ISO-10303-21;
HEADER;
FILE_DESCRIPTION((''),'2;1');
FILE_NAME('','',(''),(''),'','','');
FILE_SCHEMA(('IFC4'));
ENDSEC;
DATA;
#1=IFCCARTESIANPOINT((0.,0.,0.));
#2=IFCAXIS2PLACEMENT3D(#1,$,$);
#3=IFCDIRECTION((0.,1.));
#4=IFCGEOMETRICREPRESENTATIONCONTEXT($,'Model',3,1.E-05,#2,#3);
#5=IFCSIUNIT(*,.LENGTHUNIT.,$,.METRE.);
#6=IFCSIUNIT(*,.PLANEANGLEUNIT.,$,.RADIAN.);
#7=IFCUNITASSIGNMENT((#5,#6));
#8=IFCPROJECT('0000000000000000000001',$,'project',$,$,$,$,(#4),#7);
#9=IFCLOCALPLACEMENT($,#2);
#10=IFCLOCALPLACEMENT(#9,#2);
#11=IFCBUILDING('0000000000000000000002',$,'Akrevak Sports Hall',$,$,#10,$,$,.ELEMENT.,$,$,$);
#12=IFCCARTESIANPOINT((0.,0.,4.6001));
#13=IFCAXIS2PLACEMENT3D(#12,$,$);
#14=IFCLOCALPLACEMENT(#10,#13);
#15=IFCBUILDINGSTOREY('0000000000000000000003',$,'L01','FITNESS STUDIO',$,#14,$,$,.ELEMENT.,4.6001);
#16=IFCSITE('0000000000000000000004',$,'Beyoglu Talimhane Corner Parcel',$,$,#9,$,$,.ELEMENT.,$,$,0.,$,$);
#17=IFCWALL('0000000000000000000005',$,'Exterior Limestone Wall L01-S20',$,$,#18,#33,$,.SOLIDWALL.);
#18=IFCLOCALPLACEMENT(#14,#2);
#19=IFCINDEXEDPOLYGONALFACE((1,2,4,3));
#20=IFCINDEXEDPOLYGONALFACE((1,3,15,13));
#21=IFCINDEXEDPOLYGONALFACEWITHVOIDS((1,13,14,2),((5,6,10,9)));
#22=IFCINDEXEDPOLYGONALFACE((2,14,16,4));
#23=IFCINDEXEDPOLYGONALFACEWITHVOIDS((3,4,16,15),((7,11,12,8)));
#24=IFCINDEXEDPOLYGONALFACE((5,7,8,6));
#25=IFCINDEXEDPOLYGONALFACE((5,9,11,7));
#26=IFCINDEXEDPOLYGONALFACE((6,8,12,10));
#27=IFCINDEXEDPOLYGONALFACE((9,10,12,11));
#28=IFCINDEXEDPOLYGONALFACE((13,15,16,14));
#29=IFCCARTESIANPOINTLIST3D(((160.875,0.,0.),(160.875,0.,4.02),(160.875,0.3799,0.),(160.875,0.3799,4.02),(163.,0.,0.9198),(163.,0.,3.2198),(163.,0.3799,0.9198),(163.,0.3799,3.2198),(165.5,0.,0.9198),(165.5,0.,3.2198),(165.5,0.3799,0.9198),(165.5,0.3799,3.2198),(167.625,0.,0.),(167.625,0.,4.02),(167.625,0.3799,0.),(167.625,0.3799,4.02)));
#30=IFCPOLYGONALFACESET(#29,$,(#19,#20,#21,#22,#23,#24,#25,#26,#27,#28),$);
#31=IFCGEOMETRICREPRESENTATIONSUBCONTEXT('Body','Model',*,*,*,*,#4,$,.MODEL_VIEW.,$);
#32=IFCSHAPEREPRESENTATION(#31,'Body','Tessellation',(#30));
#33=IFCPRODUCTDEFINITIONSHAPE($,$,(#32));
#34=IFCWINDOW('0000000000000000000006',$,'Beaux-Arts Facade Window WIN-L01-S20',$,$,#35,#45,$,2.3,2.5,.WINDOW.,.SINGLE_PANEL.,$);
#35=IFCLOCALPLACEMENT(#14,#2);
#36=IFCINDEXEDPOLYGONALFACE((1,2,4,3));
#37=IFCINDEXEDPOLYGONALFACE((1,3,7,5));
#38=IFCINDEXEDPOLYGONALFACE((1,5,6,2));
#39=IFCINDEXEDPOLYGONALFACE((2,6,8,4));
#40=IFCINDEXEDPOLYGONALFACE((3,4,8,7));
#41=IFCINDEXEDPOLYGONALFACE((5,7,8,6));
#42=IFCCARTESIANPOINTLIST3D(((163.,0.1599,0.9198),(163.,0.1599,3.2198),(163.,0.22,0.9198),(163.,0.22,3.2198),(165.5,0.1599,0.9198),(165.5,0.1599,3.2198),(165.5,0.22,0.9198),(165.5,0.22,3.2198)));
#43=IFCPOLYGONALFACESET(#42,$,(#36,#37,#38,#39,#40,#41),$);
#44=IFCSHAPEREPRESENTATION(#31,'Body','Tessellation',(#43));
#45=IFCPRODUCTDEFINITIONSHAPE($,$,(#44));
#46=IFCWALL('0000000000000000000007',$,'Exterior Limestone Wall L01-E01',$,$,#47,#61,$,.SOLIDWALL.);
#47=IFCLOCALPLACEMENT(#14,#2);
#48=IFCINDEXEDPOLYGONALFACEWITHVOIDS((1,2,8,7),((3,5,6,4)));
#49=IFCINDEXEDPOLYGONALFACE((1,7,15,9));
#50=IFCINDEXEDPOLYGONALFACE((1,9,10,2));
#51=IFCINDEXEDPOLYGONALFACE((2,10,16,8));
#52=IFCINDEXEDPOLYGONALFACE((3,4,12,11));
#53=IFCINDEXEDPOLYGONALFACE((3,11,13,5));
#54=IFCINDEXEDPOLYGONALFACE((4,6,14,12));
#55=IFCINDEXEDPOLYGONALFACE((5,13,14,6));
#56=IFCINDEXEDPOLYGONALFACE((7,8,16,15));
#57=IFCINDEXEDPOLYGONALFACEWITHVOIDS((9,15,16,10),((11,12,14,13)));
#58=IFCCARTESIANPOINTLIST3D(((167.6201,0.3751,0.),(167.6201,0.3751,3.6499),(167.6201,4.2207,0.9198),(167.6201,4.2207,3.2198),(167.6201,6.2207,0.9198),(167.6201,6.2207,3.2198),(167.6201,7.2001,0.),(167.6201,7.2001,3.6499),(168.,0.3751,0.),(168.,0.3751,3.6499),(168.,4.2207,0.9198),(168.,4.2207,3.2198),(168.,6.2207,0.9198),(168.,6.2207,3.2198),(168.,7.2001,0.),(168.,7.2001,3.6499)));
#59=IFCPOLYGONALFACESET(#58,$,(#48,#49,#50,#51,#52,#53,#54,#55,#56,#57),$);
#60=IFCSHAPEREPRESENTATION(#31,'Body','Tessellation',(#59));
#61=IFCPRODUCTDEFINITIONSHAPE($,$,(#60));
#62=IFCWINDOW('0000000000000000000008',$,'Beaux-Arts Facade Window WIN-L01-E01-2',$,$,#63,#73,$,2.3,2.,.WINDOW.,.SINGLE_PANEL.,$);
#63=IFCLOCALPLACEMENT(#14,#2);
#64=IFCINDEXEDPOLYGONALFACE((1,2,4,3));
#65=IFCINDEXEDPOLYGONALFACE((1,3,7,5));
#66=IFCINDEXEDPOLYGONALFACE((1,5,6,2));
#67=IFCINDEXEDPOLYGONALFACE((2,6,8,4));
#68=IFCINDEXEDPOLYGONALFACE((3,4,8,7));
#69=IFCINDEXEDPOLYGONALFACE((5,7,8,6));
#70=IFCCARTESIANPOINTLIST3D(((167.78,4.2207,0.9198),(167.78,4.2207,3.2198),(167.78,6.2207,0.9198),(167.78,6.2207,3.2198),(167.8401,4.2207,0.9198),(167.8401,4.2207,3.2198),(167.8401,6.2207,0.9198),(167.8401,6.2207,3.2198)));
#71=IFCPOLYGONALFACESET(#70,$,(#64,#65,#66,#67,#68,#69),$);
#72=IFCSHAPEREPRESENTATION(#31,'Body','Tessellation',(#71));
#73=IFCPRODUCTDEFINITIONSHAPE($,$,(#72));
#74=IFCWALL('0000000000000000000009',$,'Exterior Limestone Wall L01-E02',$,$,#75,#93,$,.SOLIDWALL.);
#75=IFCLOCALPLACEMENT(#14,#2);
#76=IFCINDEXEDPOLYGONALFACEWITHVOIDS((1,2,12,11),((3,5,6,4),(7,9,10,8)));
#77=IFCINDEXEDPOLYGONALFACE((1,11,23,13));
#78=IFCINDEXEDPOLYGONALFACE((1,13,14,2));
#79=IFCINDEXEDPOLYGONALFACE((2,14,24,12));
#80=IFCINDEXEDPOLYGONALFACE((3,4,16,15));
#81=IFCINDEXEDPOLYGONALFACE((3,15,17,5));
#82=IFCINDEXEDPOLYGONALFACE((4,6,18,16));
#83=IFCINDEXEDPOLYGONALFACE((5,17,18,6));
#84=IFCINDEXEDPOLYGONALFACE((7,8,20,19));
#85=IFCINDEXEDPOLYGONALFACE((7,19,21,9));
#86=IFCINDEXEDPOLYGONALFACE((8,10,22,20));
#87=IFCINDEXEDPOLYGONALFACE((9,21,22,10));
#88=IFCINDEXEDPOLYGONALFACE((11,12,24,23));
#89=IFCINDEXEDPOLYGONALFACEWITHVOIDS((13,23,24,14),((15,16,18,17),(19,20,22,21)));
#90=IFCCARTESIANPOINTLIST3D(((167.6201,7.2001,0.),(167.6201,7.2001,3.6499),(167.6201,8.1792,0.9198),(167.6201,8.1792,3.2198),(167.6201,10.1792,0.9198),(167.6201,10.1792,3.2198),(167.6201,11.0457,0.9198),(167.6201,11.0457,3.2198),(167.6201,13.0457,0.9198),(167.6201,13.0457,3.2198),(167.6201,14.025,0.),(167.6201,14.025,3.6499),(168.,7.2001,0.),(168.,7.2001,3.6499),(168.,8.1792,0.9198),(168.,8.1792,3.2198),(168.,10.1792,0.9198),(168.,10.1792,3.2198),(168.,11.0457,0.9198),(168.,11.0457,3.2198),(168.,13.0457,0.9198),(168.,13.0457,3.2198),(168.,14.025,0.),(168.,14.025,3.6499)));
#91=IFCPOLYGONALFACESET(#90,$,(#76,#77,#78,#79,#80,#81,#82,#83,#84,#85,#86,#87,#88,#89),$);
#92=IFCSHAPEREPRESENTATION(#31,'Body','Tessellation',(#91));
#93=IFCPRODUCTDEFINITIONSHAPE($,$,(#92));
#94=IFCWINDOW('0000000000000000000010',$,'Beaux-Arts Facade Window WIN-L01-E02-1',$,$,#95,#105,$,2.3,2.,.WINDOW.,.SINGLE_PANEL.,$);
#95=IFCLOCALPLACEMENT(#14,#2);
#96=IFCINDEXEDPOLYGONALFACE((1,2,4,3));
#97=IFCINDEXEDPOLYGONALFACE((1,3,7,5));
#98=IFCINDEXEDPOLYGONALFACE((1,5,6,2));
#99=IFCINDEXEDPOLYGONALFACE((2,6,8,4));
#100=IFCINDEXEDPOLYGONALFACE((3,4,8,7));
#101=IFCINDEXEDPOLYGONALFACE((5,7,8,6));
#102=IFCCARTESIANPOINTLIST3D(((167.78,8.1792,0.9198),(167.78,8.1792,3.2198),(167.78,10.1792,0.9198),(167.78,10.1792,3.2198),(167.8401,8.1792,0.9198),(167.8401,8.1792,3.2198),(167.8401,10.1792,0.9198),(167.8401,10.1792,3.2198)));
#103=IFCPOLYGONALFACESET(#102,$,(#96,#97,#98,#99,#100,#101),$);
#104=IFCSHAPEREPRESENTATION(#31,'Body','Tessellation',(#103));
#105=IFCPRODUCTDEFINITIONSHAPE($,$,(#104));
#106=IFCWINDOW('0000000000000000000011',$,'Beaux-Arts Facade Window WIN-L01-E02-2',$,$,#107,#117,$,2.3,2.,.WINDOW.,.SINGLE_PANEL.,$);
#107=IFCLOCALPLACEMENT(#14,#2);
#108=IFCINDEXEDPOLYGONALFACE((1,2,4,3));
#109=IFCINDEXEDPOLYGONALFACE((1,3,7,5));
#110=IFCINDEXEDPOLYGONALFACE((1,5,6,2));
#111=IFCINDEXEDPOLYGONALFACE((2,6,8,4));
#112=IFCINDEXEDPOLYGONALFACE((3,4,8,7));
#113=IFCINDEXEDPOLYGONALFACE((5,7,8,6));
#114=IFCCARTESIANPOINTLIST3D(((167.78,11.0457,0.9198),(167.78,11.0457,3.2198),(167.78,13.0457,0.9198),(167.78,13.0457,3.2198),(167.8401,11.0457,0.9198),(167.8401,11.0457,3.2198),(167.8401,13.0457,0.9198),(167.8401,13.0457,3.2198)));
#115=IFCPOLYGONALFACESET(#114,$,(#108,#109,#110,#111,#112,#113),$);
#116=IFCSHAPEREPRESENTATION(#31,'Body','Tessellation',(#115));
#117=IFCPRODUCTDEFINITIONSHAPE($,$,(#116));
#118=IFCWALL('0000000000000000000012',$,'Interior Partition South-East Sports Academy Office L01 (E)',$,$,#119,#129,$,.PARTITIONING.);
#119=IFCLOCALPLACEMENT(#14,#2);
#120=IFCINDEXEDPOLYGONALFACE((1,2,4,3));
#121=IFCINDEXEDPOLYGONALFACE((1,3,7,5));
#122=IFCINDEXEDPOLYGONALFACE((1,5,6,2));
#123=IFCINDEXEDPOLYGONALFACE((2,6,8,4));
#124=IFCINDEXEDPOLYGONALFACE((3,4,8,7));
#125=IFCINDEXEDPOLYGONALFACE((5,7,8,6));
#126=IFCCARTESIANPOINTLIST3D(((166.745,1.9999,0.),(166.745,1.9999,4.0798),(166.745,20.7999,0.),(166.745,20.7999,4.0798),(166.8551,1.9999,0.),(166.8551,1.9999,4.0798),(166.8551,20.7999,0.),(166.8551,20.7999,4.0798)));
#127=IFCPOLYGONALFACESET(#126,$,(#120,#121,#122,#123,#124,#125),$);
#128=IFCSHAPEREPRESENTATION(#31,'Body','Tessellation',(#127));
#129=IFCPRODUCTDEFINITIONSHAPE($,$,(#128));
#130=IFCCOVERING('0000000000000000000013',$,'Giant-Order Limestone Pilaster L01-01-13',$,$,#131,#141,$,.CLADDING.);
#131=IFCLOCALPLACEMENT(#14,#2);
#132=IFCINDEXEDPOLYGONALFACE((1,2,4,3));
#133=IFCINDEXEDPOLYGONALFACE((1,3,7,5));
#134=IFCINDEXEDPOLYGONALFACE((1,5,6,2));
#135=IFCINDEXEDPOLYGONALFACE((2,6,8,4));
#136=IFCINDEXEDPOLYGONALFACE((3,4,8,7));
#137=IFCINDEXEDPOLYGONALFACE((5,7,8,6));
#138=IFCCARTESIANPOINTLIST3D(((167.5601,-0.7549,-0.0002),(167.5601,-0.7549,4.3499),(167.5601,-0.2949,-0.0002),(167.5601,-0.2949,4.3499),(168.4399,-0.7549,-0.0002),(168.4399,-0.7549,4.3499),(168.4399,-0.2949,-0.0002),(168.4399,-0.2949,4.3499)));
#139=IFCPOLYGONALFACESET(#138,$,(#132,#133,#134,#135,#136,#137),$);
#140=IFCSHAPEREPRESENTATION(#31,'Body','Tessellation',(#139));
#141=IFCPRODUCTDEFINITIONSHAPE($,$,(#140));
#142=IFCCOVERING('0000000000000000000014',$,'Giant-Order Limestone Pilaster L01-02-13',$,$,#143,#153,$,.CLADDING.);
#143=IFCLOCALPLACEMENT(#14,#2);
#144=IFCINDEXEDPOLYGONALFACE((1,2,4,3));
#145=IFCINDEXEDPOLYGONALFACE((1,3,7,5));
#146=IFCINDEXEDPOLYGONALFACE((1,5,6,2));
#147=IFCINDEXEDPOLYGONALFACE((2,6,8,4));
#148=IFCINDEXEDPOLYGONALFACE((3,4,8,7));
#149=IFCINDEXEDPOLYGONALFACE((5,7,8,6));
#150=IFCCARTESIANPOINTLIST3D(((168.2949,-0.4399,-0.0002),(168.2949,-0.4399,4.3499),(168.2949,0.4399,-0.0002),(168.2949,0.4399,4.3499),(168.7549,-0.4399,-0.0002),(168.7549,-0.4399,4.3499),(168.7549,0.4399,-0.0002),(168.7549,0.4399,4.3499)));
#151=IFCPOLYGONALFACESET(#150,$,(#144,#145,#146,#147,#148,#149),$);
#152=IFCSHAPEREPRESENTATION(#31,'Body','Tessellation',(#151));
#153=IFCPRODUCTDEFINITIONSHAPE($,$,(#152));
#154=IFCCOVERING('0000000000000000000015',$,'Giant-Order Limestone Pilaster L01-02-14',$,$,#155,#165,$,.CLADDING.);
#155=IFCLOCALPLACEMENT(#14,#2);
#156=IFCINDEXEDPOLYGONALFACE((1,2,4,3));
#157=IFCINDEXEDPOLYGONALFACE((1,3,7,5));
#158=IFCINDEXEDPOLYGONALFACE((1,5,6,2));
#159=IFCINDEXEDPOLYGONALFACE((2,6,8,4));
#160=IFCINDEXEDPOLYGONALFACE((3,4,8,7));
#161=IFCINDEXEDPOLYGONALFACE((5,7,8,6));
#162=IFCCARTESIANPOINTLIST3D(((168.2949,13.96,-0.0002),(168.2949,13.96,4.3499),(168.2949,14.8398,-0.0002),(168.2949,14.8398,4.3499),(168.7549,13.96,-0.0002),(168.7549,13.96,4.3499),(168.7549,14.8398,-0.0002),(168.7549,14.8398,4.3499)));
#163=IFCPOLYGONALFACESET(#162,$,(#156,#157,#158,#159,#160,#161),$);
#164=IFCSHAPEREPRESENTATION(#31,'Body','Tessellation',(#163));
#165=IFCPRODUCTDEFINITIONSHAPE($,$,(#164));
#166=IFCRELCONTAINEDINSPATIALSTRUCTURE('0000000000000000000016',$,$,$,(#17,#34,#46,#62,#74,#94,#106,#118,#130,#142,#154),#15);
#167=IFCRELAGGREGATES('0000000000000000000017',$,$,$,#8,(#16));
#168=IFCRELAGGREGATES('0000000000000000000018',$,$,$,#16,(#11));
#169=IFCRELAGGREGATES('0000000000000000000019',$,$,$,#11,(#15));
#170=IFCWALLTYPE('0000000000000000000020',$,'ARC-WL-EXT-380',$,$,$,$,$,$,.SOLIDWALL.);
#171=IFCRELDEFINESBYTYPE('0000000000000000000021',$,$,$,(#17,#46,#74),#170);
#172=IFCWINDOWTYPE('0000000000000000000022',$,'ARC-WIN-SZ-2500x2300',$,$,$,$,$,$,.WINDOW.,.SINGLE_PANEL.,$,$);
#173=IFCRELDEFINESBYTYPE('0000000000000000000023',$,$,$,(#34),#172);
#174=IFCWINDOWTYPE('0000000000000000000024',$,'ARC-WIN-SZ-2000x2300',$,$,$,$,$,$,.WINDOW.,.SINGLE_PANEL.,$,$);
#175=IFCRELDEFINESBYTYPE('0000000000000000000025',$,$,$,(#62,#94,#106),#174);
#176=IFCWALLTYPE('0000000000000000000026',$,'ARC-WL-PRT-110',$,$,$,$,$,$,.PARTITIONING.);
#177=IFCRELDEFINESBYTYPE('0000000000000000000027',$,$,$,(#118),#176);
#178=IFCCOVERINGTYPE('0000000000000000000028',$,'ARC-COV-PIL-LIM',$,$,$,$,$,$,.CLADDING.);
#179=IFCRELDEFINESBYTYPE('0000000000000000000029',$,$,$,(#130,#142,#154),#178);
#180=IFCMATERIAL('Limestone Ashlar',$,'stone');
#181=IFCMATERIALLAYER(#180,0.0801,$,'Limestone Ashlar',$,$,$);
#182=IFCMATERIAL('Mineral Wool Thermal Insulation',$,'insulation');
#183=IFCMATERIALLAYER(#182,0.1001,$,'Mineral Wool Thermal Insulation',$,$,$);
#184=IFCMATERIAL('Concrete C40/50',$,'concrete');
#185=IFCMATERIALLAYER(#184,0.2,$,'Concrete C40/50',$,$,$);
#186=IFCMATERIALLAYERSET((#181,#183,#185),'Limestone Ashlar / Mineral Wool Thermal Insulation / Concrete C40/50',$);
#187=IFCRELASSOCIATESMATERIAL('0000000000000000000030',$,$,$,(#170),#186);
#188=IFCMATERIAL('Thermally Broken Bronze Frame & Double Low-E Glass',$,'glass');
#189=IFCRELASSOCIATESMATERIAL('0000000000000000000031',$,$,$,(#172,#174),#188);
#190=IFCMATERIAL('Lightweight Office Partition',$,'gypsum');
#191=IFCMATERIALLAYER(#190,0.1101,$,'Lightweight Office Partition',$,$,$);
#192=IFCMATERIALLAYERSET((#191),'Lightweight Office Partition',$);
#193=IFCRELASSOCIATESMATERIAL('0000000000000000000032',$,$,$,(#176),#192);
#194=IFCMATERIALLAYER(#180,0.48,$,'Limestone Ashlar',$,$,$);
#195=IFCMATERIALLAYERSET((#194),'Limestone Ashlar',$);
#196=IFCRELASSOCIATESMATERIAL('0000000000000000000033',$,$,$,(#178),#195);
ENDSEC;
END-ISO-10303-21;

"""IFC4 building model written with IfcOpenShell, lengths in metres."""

from ifc_helpers import new_model, si_unit, direction, frame, frame_2d, origin, origin_2d, place, context, subcontext, project, spatial, rectangle, extrude, material, layer, layer_set, type_object, element, fill, save


model = new_model("IFC4")

# Units and contexts
model_context = context("Model", 3, precision=1e-05, world=origin(), true_north=direction((0.0, 1.0)))
body_context = subcontext(model_context, "Body", "Model", "MODEL_VIEW")
ifc_project = project(units=[si_unit("LENGTHUNIT", "METRE"), si_unit("PLANEANGLEUNIT", "RADIAN")], contexts=[model_context])

# Site, building, storey
site_placement = place(None, origin())
site = spatial("IfcSite", under=ifc_project, at=site_placement, Name="Beyoglu Talimhane Corner Parcel", CompositionType="ELEMENT", RefElevation=0.0)
building_placement = place(site_placement, origin())
building = spatial("IfcBuilding", under=site, at=building_placement, Name="Akrevak Sports Hall", CompositionType="ELEMENT")
storey_placement = place(building_placement, frame((0.0, 0.0, 4.6001)))
storey = spatial("IfcBuildingStorey", under=building, at=storey_placement, Name="L01", Description="FITNESS STUDIO", CompositionType="ELEMENT", Elevation=4.6001)

# Shared definitions
ifc_material_1 = material(Name="Concrete C40/50", Category="concrete")

# Walls, openings, windows
ifc_material_2 = material(Name="Limestone Ashlar", Category="stone")
ifc_layer_1 = layer(ifc_material_2, 0.0801, Name="Limestone Ashlar")
ifc_material_3 = material(Name="Mineral Wool Thermal Insulation", Category="insulation")
ifc_layer_2 = layer(ifc_material_3, 0.1001, Name="Mineral Wool Thermal Insulation")
ifc_layer_3 = layer(ifc_material_1, 0.2, Name="Concrete C40/50")
ifc_layer_set_1 = layer_set([ifc_layer_1, ifc_layer_2, ifc_layer_3], Name="Limestone Ashlar / Mineral Wool Thermal Insulation / Concrete C40/50")
wall_type_1 = type_object("IfcWallType", Name="ARC-WL-EXT-380", PredefinedType="SOLIDWALL", material=ifc_layer_set_1)
wall_1_placement = place(storey_placement, frame((160.875, 0.1899, 0.0), z_axis=(0.0, 0.0, 1.0), x_axis=(1.0, 0.0, 0.0)))
wall_1 = element("IfcWall", 1, at=wall_1_placement, inside=storey, type_object=wall_type_1, Name="Exterior Limestone Wall L01-S20", PredefinedType="SOLIDWALL", context=body_context, shape_type="SweptSolid", body=[
    extrude(rectangle(XDim=6.75, YDim=0.3799, at=frame_2d((3.375, 0.0))), origin(), (0.0, 0.0, 1.0), 4.02),
])
opening_1_placement = place(wall_1_placement, frame((2.125, 0.0, 0.9199)))
opening_1 = element("IfcOpeningElement", 2, at=opening_1_placement, cuts=wall_1, PredefinedType="OPENING", context=body_context, shape_type="SweptSolid", body=[
    extrude(rectangle(XDim=2.5, YDim=2.3, at=frame_2d((1.25, 1.1499))), frame((0.0, 0.2019, 0.0), z_axis=(0.0, -1.0, 0.0), x_axis=(1.0, 0.0, 0.0)), (0.0, 0.0, 1.0), 0.4038),
])
ifc_material_4 = material(Name="Thermally Broken Bronze Frame & Double Low-E Glass", Category="glass")
window_type_1 = type_object("IfcWindowType", Name="ARC-WIN-SZ-2500x2300", PartitioningType="SINGLE_PANEL", PredefinedType="WINDOW", material=ifc_material_4)
window_1_placement = place(opening_1_placement, origin())
window_1 = element("IfcWindow", 3, at=window_1_placement, inside=storey, type_object=window_type_1, Name="Beaux-Arts Facade Window WIN-L01-S20", OverallHeight=2.3, OverallWidth=2.5, PartitioningType="SINGLE_PANEL", PredefinedType="WINDOW", context=body_context, shape_type="SweptSolid", body=[
    extrude(rectangle(XDim=2.5, YDim=2.3, at=frame_2d((1.25, 1.1499))), frame((0.0, 0.03, 0.0), z_axis=(0.0, -1.0, 0.0), x_axis=(1.0, 0.0, 0.0)), (0.0, 0.0, 1.0), 0.0601),
])
fill(opening_1, window_1)
wall_2_placement = place(storey_placement, frame((167.8101, 0.375, 0.0), z_axis=(0.0, 0.0, 1.0), x_axis=(0.0, 1.0, 0.0)))
wall_2 = element("IfcWall", 4, at=wall_2_placement, inside=storey, type_object=wall_type_1, Name="Exterior Limestone Wall L01-E01", PredefinedType="SOLIDWALL", context=body_context, shape_type="SweptSolid", body=[
    extrude(rectangle(XDim=6.825, YDim=0.3799, at=frame_2d((3.4126, 0.0))), origin(), (0.0, 0.0, 1.0), 3.6499),
])
opening_2_placement = place(wall_2_placement, frame((3.8457, 0.0, 0.9199)))
opening_2 = element("IfcOpeningElement", 5, at=opening_2_placement, cuts=wall_2, PredefinedType="OPENING", context=body_context, shape_type="SweptSolid", body=[
    extrude(rectangle(XDim=2.0, YDim=2.3, at=frame_2d((1.0, 1.1499))), frame((0.0, 0.2019, 0.0), z_axis=(0.0, -1.0, 0.0), x_axis=(1.0, 0.0, 0.0)), (0.0, 0.0, 1.0), 0.4038),
])
window_type_2 = type_object("IfcWindowType", Name="ARC-WIN-SZ-2000x2300", PartitioningType="SINGLE_PANEL", PredefinedType="WINDOW", material=ifc_material_4)
window_2_placement = place(opening_2_placement, origin())
window_2 = element("IfcWindow", 6, at=window_2_placement, inside=storey, type_object=window_type_2, Name="Beaux-Arts Facade Window WIN-L01-E01-2", OverallHeight=2.3, OverallWidth=2.0, PartitioningType="SINGLE_PANEL", PredefinedType="WINDOW", context=body_context, shape_type="SweptSolid", body=[
    extrude(rectangle(XDim=2.0, YDim=2.3, at=frame_2d((1.0, 1.1499))), frame((0.0, 0.03, 0.0), z_axis=(0.0, -1.0, 0.0), x_axis=(1.0, 0.0, 0.0)), (0.0, 0.0, 1.0), 0.0601),
])
fill(opening_2, window_2)

# Wall, openings, windows
wall_3_placement = place(storey_placement, frame((167.8101, 7.2, 0.0), z_axis=(0.0, 0.0, 1.0), x_axis=(0.0, 1.0, 0.0)))
wall_3 = element("IfcWall", 7, at=wall_3_placement, inside=storey, type_object=wall_type_1, Name="Exterior Limestone Wall L01-E02", PredefinedType="SOLIDWALL", context=body_context, shape_type="SweptSolid", body=[
    extrude(rectangle(XDim=6.825, YDim=0.3799, at=frame_2d((3.4126, 0.0))), origin(), (0.0, 0.0, 1.0), 3.6499),
])
opening_3_placement = place(wall_3_placement, frame((0.9792, 0.0, 0.9199)))
opening_3 = element("IfcOpeningElement", 8, at=opening_3_placement, cuts=wall_3, PredefinedType="OPENING", context=body_context, shape_type="SweptSolid", body=[
    extrude(rectangle(XDim=2.0, YDim=2.3, at=frame_2d((1.0, 1.1499))), frame((0.0, 0.2019, 0.0), z_axis=(0.0, -1.0, 0.0), x_axis=(1.0, 0.0, 0.0)), (0.0, 0.0, 1.0), 0.4038),
])
opening_4_placement = place(wall_3_placement, frame((3.8457, 0.0, 0.9199)))
opening_4 = element("IfcOpeningElement", 9, at=opening_4_placement, cuts=wall_3, PredefinedType="OPENING", context=body_context, shape_type="SweptSolid", body=[
    extrude(rectangle(XDim=2.0, YDim=2.3, at=frame_2d((1.0, 1.1499))), frame((0.0, 0.2019, 0.0), z_axis=(0.0, -1.0, 0.0), x_axis=(1.0, 0.0, 0.0)), (0.0, 0.0, 1.0), 0.4038),
])
window_3_placement = place(opening_3_placement, origin())
window_3 = element("IfcWindow", 10, at=window_3_placement, inside=storey, type_object=window_type_2, Name="Beaux-Arts Facade Window WIN-L01-E02-1", OverallHeight=2.3, OverallWidth=2.0, PartitioningType="SINGLE_PANEL", PredefinedType="WINDOW", context=body_context, shape_type="SweptSolid", body=[
    extrude(rectangle(XDim=2.0, YDim=2.3, at=frame_2d((1.0, 1.1499))), frame((0.0, 0.03, 0.0), z_axis=(0.0, -1.0, 0.0), x_axis=(1.0, 0.0, 0.0)), (0.0, 0.0, 1.0), 0.0601),
])
fill(opening_3, window_3)
window_4_placement = place(opening_4_placement, origin())
window_4 = element("IfcWindow", 11, at=window_4_placement, inside=storey, type_object=window_type_2, Name="Beaux-Arts Facade Window WIN-L01-E02-2", OverallHeight=2.3, OverallWidth=2.0, PartitioningType="SINGLE_PANEL", PredefinedType="WINDOW", context=body_context, shape_type="SweptSolid", body=[
    extrude(rectangle(XDim=2.0, YDim=2.3, at=frame_2d((1.0, 1.1499))), frame((0.0, 0.03, 0.0), z_axis=(0.0, -1.0, 0.0), x_axis=(1.0, 0.0, 0.0)), (0.0, 0.0, 1.0), 0.0601),
])
fill(opening_4, window_4)

# Wall
ifc_material_5 = material(Name="Lightweight Office Partition", Category="gypsum")
ifc_layer_4 = layer(ifc_material_5, 0.1101, Name="Lightweight Office Partition")
ifc_layer_set_2 = layer_set([ifc_layer_4], Name="Lightweight Office Partition")
wall_type_2 = type_object("IfcWallType", Name="ARC-WL-PRT-110", PredefinedType="PARTITIONING", material=ifc_layer_set_2)
wall_4_placement = place(storey_placement, frame((166.8, 2.0, 0.0), z_axis=(0.0, 0.0, 1.0), x_axis=(0.0, 1.0, 0.0)))
element("IfcWall", 12, at=wall_4_placement, inside=storey, type_object=wall_type_2, Name="Interior Partition South-East Sports Academy Office L01 (E)", PredefinedType="PARTITIONING", context=body_context, shape_type="SweptSolid", body=[
    extrude(rectangle(XDim=18.8, YDim=0.1101, at=frame_2d((9.3999, 0.0))), origin(), (0.0, 0.0, 1.0), 4.0798),
])

# Coverings
ifc_layer_5 = layer(ifc_material_2, 0.48, Name="Limestone Ashlar")
ifc_layer_set_3 = layer_set([ifc_layer_5], Name="Limestone Ashlar")
covering_type = type_object("IfcCoveringType", Name="ARC-COV-PIL-LIM", PredefinedType="CLADDING", material=ifc_layer_set_3)
for number, where, z_axis, x_axis, name in (
    (13, (168.0, -0.5249, -0.0002), (0.0, 0.0, 1.0), (1.0, 0.0, 0.0), "Giant-Order Limestone Pilaster L01-01-13"),
    (14, (168.5249, 0.0, -0.0002), (0.0, 0.0, 1.0), (0.0, 1.0, 0.0), "Giant-Order Limestone Pilaster L01-02-13"),
    (15, (168.5249, 14.3999, -0.0002), (0.0, 0.0, 1.0), (0.0, 1.0, 0.0), "Giant-Order Limestone Pilaster L01-02-14"),
):
    element("IfcCovering", number, at=place(storey_placement, frame(where, z_axis=z_axis, x_axis=x_axis)), inside=storey, type_object=covering_type, Name=name, PredefinedType="CLADDING", context=body_context, shape_type="SweptSolid", body=[
        extrude(rectangle(XDim=0.8799, YDim=0.46, at=origin_2d()), origin(), (0.0, 0.0, 1.0), 4.3501),
    ])

save(model, "model.ifc")
